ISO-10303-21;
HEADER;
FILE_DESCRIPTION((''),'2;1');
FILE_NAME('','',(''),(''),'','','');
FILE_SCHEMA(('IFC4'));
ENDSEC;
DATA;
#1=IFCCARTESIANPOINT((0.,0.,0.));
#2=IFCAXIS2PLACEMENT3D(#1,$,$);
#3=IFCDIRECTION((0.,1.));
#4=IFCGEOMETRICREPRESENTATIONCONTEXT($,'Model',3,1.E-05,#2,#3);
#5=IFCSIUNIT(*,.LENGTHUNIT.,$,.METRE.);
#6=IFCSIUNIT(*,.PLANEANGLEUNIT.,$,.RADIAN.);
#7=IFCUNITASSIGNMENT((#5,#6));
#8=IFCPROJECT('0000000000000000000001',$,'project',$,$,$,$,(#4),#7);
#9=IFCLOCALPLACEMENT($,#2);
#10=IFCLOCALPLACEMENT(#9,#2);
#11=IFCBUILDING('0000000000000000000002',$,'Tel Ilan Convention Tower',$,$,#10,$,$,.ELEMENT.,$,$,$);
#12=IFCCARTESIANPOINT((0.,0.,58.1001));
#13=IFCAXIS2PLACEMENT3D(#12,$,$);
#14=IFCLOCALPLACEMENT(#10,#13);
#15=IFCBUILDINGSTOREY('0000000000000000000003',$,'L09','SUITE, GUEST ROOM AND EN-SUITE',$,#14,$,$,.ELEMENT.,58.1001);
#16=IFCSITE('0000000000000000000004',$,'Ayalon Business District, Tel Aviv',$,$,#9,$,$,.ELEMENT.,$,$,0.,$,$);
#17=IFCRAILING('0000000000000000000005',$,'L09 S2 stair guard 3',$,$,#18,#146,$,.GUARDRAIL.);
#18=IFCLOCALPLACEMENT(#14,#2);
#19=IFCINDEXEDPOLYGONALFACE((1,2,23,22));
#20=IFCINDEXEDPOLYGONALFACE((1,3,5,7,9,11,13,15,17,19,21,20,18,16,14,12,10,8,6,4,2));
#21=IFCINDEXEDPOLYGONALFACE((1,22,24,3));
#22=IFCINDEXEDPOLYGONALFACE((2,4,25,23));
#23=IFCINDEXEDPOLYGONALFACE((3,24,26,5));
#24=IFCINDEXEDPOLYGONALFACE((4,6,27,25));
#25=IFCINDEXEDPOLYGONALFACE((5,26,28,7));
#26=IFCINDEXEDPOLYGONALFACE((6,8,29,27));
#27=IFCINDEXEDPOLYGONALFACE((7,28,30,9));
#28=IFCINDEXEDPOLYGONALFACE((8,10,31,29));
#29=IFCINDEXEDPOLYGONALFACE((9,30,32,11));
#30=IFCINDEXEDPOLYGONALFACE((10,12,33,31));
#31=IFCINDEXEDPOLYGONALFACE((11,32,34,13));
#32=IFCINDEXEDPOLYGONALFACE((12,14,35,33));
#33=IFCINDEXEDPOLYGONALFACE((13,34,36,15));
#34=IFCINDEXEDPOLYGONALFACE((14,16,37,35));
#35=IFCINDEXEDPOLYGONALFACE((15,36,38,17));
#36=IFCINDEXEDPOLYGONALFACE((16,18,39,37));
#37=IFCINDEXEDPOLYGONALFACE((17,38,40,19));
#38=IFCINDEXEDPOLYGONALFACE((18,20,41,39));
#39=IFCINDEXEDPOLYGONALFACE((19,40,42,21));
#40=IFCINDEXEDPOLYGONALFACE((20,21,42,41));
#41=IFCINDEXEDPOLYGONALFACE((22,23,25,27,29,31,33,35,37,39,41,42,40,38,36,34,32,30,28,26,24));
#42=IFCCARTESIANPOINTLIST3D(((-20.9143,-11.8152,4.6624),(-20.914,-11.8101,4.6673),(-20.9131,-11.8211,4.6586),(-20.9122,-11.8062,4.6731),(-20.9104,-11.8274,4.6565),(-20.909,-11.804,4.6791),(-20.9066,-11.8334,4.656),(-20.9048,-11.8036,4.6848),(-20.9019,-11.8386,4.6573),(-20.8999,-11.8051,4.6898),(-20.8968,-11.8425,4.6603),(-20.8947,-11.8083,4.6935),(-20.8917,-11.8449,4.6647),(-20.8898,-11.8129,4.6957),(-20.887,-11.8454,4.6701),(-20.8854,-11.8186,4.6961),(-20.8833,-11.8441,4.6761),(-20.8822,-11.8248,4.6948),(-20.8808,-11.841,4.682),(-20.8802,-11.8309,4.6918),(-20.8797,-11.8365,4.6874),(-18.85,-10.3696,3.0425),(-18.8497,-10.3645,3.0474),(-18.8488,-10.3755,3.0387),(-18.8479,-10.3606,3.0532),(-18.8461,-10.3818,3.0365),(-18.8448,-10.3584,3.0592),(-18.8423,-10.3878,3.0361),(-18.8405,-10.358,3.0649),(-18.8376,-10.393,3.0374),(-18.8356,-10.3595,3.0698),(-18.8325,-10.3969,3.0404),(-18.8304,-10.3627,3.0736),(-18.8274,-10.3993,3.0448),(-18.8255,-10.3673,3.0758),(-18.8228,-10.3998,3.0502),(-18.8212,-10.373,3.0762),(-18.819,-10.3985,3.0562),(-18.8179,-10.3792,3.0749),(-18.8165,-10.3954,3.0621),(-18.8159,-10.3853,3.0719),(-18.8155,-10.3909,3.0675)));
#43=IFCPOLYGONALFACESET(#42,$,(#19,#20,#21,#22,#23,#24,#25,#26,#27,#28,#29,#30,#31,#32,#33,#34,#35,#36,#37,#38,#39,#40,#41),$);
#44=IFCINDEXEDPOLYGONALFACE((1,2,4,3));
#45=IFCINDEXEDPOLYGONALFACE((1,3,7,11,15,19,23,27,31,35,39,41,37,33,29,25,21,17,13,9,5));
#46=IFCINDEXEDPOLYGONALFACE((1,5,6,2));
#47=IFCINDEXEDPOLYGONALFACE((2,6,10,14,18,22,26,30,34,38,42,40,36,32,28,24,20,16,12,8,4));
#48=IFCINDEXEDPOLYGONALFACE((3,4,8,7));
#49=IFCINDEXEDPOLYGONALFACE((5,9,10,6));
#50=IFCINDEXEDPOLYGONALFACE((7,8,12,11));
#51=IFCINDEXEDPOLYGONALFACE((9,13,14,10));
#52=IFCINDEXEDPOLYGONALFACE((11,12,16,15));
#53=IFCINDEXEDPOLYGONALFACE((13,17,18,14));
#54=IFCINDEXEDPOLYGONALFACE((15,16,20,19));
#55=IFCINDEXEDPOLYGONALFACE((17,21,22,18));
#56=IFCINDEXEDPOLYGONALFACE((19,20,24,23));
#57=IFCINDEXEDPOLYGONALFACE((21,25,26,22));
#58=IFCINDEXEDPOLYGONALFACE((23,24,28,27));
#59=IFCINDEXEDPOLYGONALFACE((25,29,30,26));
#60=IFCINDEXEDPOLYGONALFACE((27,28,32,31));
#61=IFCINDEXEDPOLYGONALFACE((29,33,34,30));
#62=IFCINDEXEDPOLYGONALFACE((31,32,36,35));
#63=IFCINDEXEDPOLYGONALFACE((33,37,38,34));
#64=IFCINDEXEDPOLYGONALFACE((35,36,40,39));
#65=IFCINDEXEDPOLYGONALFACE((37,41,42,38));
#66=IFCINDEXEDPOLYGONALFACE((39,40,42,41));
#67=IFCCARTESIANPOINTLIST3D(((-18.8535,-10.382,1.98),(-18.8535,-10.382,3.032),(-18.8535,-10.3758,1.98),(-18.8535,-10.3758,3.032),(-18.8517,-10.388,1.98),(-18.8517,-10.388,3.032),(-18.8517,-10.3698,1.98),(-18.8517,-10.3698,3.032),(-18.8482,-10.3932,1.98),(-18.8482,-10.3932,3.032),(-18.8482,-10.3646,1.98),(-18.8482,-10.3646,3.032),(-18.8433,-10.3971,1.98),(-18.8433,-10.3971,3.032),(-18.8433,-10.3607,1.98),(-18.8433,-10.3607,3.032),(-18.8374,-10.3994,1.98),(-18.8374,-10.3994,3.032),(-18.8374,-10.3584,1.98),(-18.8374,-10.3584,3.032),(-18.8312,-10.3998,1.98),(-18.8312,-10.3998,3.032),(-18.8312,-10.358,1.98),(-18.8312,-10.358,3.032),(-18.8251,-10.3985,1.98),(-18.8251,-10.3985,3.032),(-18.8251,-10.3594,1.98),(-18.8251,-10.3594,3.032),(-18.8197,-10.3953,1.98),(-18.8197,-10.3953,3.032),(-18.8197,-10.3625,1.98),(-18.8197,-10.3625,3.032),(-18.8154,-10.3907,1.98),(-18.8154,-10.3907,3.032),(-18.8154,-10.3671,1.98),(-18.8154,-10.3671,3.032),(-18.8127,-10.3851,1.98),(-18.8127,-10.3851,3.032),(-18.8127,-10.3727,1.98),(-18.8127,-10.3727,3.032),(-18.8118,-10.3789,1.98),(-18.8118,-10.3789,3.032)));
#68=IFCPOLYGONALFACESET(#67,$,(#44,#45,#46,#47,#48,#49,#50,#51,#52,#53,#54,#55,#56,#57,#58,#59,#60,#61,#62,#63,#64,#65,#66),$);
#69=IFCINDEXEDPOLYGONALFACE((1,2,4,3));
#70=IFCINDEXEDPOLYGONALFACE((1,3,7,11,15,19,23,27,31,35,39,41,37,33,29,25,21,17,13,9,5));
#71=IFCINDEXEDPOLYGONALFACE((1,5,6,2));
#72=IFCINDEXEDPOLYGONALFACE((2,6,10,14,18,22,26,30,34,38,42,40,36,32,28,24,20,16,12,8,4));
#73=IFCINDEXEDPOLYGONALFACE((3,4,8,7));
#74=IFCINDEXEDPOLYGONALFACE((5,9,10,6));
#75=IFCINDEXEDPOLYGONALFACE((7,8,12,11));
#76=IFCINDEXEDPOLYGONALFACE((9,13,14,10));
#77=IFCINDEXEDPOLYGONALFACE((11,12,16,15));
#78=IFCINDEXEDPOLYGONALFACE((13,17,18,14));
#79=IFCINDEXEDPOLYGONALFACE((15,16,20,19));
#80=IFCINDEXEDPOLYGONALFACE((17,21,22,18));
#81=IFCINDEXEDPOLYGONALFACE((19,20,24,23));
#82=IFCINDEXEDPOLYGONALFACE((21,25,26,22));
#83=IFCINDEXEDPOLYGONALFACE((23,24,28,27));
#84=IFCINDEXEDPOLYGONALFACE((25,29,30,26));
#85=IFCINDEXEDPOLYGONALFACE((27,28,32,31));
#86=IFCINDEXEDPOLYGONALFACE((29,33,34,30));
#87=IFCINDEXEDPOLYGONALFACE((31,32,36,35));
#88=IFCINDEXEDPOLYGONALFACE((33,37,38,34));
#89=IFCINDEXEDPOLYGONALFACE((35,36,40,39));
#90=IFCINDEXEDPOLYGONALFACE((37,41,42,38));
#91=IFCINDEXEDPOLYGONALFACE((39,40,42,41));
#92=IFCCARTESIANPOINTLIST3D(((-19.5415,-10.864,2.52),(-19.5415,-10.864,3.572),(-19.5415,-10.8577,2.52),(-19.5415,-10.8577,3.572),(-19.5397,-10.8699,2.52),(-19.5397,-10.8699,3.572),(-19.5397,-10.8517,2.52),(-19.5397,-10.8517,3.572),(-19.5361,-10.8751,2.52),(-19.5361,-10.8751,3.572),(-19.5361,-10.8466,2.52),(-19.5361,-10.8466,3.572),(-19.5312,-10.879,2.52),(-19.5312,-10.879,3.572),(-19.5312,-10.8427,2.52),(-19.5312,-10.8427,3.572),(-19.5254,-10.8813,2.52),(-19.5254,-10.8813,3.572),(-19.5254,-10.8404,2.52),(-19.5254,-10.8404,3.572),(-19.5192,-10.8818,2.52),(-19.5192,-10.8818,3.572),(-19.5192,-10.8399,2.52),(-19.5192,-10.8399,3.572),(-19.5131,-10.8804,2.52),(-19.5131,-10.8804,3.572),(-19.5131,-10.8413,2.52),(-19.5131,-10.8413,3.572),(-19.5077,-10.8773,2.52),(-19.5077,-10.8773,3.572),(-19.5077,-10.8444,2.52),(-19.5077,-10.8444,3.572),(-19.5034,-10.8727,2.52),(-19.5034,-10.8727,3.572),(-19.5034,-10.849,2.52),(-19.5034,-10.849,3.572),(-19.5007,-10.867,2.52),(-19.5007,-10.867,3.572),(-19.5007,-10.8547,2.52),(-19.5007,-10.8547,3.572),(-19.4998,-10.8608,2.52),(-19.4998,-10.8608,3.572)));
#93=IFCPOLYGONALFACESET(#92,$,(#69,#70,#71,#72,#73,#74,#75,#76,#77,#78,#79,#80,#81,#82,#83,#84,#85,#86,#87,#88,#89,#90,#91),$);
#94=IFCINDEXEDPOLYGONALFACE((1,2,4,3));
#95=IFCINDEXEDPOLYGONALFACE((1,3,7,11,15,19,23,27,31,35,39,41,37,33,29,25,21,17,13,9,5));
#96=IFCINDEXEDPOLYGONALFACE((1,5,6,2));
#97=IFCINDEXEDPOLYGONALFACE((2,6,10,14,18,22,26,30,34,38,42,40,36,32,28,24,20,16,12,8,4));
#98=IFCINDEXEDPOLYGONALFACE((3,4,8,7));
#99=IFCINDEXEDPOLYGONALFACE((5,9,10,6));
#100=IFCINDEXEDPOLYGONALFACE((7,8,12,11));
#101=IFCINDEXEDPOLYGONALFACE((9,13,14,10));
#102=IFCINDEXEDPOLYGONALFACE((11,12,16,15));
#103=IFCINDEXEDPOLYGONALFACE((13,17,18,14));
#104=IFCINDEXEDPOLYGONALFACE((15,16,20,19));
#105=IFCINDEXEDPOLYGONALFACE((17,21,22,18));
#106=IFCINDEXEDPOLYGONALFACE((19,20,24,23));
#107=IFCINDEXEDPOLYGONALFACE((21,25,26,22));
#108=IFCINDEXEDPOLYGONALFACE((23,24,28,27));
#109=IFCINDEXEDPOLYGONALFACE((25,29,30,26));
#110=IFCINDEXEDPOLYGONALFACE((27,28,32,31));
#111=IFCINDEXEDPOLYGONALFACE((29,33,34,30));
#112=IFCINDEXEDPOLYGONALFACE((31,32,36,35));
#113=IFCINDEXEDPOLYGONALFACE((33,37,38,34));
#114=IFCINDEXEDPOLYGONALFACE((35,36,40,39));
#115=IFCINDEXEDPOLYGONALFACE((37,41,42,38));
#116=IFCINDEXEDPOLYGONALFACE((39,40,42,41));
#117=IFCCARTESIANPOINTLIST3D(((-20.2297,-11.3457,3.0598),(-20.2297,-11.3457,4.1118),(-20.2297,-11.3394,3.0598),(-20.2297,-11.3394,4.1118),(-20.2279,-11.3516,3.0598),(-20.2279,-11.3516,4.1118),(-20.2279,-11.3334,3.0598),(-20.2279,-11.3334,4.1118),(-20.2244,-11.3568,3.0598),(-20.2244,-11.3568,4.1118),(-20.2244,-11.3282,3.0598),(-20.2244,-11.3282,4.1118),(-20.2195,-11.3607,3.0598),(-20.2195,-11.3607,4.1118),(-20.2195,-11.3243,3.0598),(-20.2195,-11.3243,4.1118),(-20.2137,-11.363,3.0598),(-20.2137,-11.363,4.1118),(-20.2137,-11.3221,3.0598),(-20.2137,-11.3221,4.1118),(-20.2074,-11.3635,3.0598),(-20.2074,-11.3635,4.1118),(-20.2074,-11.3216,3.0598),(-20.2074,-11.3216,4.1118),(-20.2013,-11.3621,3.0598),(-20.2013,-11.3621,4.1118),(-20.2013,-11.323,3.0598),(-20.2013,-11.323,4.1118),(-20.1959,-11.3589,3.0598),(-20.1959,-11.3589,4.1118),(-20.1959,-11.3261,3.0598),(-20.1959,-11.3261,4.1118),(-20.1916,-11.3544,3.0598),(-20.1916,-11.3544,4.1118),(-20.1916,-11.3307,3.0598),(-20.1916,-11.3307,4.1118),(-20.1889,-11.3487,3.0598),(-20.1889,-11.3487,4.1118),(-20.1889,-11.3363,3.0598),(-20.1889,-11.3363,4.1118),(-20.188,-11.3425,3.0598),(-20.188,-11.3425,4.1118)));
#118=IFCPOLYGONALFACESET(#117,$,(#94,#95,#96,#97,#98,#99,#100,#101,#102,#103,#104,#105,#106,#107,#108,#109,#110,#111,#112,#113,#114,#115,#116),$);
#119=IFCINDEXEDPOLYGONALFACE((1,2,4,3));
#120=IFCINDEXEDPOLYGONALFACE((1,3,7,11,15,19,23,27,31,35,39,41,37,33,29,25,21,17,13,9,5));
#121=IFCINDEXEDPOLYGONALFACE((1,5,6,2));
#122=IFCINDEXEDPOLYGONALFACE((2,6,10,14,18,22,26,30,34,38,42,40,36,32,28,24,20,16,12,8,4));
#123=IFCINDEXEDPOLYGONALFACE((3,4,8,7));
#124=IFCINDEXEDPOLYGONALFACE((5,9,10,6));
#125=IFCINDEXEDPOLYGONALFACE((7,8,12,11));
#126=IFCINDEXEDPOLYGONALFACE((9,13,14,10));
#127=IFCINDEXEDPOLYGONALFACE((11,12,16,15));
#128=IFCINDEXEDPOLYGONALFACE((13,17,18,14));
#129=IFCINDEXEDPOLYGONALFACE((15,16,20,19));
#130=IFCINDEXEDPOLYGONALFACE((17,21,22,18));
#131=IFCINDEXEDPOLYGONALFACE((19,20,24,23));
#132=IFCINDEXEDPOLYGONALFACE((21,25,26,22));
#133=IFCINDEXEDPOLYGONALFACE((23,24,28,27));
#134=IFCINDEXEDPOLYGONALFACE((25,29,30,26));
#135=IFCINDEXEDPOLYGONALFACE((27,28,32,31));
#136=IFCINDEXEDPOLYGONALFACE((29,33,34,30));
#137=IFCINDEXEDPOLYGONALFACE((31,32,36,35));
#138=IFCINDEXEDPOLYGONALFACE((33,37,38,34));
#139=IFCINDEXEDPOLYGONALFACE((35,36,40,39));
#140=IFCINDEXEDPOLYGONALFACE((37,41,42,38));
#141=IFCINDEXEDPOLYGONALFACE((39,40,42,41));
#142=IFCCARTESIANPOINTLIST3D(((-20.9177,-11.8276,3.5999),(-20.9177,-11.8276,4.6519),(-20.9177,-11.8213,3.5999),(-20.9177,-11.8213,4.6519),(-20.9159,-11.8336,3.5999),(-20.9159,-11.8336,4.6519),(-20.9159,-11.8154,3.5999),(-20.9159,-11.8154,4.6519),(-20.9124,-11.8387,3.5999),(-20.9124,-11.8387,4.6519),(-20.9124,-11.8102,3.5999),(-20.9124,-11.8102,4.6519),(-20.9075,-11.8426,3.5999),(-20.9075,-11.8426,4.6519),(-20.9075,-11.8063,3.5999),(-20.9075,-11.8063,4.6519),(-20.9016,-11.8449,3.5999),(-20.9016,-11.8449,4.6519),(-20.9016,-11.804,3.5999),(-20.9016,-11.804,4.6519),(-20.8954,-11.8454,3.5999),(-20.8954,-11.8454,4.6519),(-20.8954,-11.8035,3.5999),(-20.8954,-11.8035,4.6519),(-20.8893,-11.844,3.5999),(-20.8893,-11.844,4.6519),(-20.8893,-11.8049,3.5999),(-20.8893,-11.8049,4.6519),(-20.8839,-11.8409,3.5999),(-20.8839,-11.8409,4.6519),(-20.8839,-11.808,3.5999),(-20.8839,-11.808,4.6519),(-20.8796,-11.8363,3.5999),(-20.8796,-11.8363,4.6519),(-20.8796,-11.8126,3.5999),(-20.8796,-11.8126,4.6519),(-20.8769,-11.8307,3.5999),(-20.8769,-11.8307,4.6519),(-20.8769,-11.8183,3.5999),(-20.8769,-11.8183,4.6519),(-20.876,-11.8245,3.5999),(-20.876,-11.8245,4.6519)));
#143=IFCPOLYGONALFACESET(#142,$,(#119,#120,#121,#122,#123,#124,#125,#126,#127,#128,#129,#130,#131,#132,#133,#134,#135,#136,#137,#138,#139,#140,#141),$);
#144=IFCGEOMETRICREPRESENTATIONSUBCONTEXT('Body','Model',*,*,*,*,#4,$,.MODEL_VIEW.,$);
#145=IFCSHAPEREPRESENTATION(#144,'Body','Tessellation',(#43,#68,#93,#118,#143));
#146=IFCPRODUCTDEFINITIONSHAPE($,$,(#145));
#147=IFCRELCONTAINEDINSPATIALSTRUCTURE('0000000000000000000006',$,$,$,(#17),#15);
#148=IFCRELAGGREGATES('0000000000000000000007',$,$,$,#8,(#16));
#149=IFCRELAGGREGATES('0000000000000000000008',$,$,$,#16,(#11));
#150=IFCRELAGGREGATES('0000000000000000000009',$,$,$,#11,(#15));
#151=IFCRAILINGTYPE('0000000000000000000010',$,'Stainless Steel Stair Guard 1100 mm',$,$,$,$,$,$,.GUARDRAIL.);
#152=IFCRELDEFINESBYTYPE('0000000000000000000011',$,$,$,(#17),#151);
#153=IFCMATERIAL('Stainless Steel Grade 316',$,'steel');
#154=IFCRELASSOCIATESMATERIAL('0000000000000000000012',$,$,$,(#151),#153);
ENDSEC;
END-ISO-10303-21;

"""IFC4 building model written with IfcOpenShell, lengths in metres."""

from ifc_helpers import new_model, si_unit, direction, frame, origin, origin_2d, place, context, subcontext, project, spatial, circle, extrude, material, type_object, element, save


model = new_model("IFC4")

# Units and contexts
model_context = context("Model", 3, precision=1e-05, world=origin(), true_north=direction((0.0, 1.0)))
body_context = subcontext(model_context, "Body", "Model", "MODEL_VIEW")
ifc_project = project(units=[si_unit("LENGTHUNIT", "METRE"), si_unit("PLANEANGLEUNIT", "RADIAN")], contexts=[model_context])

# Site, building, storey
site_placement = place(None, origin())
site = spatial("IfcSite", under=ifc_project, at=site_placement, Name="Ayalon Business District, Tel Aviv", CompositionType="ELEMENT", RefElevation=0.0)
building_placement = place(site_placement, origin())
building = spatial("IfcBuilding", under=site, at=building_placement, Name="Tel Ilan Convention Tower", CompositionType="ELEMENT")
storey_placement = place(building_placement, frame((0.0, 0.0, 58.1001)))
storey = spatial("IfcBuildingStorey", under=building, at=storey_placement, Name="L09", Description="SUITE, GUEST ROOM AND EN-SUITE", CompositionType="ELEMENT", Elevation=58.1001)

# Railing
ifc_material_1 = material(Name="Stainless Steel Grade 316", Category="steel")
railing_type_1 = type_object("IfcRailingType", Name="Stainless Steel Stair Guard 1100 mm", PredefinedType="GUARDRAIL", material=ifc_material_1)
railing_1_placement = place(storey_placement, frame((-18.8328, -10.3789, 1.98)))
element("IfcRailing", 1, at=railing_1_placement, inside=storey, type_object=railing_type_1, Name="L09 S2 stair guard 3", PredefinedType="GUARDRAIL", context=body_context, shape_type="SweptSolid", body=[
    extrude(circle(Radius=0.0239, at=origin_2d()), frame((0.0, 0.0, 1.0762), z_axis=(-0.689043, -0.482534, 0.540722), x_axis=(0.573625, -0.819118, 0.0)), (0.0, 0.0, 1.0), 2.9958),
    extrude(circle(Radius=0.021, at=origin_2d()), origin(), (0.0, 0.0, 1.0), 1.052),
    extrude(circle(Radius=0.021, at=origin_2d()), frame((-0.688, -0.4819, 0.54)), (0.0, 0.0, 1.0), 1.052),
    extrude(circle(Radius=0.021, at=origin_2d()), frame((-1.3762, -0.9636, 1.0798)), (0.0, 0.0, 1.0), 1.052),
    extrude(circle(Radius=0.021, at=origin_2d()), frame((-2.0642, -1.4456, 1.6199)), (0.0, 0.0, 1.0), 1.052),
])

save(model, "model.ifc")
